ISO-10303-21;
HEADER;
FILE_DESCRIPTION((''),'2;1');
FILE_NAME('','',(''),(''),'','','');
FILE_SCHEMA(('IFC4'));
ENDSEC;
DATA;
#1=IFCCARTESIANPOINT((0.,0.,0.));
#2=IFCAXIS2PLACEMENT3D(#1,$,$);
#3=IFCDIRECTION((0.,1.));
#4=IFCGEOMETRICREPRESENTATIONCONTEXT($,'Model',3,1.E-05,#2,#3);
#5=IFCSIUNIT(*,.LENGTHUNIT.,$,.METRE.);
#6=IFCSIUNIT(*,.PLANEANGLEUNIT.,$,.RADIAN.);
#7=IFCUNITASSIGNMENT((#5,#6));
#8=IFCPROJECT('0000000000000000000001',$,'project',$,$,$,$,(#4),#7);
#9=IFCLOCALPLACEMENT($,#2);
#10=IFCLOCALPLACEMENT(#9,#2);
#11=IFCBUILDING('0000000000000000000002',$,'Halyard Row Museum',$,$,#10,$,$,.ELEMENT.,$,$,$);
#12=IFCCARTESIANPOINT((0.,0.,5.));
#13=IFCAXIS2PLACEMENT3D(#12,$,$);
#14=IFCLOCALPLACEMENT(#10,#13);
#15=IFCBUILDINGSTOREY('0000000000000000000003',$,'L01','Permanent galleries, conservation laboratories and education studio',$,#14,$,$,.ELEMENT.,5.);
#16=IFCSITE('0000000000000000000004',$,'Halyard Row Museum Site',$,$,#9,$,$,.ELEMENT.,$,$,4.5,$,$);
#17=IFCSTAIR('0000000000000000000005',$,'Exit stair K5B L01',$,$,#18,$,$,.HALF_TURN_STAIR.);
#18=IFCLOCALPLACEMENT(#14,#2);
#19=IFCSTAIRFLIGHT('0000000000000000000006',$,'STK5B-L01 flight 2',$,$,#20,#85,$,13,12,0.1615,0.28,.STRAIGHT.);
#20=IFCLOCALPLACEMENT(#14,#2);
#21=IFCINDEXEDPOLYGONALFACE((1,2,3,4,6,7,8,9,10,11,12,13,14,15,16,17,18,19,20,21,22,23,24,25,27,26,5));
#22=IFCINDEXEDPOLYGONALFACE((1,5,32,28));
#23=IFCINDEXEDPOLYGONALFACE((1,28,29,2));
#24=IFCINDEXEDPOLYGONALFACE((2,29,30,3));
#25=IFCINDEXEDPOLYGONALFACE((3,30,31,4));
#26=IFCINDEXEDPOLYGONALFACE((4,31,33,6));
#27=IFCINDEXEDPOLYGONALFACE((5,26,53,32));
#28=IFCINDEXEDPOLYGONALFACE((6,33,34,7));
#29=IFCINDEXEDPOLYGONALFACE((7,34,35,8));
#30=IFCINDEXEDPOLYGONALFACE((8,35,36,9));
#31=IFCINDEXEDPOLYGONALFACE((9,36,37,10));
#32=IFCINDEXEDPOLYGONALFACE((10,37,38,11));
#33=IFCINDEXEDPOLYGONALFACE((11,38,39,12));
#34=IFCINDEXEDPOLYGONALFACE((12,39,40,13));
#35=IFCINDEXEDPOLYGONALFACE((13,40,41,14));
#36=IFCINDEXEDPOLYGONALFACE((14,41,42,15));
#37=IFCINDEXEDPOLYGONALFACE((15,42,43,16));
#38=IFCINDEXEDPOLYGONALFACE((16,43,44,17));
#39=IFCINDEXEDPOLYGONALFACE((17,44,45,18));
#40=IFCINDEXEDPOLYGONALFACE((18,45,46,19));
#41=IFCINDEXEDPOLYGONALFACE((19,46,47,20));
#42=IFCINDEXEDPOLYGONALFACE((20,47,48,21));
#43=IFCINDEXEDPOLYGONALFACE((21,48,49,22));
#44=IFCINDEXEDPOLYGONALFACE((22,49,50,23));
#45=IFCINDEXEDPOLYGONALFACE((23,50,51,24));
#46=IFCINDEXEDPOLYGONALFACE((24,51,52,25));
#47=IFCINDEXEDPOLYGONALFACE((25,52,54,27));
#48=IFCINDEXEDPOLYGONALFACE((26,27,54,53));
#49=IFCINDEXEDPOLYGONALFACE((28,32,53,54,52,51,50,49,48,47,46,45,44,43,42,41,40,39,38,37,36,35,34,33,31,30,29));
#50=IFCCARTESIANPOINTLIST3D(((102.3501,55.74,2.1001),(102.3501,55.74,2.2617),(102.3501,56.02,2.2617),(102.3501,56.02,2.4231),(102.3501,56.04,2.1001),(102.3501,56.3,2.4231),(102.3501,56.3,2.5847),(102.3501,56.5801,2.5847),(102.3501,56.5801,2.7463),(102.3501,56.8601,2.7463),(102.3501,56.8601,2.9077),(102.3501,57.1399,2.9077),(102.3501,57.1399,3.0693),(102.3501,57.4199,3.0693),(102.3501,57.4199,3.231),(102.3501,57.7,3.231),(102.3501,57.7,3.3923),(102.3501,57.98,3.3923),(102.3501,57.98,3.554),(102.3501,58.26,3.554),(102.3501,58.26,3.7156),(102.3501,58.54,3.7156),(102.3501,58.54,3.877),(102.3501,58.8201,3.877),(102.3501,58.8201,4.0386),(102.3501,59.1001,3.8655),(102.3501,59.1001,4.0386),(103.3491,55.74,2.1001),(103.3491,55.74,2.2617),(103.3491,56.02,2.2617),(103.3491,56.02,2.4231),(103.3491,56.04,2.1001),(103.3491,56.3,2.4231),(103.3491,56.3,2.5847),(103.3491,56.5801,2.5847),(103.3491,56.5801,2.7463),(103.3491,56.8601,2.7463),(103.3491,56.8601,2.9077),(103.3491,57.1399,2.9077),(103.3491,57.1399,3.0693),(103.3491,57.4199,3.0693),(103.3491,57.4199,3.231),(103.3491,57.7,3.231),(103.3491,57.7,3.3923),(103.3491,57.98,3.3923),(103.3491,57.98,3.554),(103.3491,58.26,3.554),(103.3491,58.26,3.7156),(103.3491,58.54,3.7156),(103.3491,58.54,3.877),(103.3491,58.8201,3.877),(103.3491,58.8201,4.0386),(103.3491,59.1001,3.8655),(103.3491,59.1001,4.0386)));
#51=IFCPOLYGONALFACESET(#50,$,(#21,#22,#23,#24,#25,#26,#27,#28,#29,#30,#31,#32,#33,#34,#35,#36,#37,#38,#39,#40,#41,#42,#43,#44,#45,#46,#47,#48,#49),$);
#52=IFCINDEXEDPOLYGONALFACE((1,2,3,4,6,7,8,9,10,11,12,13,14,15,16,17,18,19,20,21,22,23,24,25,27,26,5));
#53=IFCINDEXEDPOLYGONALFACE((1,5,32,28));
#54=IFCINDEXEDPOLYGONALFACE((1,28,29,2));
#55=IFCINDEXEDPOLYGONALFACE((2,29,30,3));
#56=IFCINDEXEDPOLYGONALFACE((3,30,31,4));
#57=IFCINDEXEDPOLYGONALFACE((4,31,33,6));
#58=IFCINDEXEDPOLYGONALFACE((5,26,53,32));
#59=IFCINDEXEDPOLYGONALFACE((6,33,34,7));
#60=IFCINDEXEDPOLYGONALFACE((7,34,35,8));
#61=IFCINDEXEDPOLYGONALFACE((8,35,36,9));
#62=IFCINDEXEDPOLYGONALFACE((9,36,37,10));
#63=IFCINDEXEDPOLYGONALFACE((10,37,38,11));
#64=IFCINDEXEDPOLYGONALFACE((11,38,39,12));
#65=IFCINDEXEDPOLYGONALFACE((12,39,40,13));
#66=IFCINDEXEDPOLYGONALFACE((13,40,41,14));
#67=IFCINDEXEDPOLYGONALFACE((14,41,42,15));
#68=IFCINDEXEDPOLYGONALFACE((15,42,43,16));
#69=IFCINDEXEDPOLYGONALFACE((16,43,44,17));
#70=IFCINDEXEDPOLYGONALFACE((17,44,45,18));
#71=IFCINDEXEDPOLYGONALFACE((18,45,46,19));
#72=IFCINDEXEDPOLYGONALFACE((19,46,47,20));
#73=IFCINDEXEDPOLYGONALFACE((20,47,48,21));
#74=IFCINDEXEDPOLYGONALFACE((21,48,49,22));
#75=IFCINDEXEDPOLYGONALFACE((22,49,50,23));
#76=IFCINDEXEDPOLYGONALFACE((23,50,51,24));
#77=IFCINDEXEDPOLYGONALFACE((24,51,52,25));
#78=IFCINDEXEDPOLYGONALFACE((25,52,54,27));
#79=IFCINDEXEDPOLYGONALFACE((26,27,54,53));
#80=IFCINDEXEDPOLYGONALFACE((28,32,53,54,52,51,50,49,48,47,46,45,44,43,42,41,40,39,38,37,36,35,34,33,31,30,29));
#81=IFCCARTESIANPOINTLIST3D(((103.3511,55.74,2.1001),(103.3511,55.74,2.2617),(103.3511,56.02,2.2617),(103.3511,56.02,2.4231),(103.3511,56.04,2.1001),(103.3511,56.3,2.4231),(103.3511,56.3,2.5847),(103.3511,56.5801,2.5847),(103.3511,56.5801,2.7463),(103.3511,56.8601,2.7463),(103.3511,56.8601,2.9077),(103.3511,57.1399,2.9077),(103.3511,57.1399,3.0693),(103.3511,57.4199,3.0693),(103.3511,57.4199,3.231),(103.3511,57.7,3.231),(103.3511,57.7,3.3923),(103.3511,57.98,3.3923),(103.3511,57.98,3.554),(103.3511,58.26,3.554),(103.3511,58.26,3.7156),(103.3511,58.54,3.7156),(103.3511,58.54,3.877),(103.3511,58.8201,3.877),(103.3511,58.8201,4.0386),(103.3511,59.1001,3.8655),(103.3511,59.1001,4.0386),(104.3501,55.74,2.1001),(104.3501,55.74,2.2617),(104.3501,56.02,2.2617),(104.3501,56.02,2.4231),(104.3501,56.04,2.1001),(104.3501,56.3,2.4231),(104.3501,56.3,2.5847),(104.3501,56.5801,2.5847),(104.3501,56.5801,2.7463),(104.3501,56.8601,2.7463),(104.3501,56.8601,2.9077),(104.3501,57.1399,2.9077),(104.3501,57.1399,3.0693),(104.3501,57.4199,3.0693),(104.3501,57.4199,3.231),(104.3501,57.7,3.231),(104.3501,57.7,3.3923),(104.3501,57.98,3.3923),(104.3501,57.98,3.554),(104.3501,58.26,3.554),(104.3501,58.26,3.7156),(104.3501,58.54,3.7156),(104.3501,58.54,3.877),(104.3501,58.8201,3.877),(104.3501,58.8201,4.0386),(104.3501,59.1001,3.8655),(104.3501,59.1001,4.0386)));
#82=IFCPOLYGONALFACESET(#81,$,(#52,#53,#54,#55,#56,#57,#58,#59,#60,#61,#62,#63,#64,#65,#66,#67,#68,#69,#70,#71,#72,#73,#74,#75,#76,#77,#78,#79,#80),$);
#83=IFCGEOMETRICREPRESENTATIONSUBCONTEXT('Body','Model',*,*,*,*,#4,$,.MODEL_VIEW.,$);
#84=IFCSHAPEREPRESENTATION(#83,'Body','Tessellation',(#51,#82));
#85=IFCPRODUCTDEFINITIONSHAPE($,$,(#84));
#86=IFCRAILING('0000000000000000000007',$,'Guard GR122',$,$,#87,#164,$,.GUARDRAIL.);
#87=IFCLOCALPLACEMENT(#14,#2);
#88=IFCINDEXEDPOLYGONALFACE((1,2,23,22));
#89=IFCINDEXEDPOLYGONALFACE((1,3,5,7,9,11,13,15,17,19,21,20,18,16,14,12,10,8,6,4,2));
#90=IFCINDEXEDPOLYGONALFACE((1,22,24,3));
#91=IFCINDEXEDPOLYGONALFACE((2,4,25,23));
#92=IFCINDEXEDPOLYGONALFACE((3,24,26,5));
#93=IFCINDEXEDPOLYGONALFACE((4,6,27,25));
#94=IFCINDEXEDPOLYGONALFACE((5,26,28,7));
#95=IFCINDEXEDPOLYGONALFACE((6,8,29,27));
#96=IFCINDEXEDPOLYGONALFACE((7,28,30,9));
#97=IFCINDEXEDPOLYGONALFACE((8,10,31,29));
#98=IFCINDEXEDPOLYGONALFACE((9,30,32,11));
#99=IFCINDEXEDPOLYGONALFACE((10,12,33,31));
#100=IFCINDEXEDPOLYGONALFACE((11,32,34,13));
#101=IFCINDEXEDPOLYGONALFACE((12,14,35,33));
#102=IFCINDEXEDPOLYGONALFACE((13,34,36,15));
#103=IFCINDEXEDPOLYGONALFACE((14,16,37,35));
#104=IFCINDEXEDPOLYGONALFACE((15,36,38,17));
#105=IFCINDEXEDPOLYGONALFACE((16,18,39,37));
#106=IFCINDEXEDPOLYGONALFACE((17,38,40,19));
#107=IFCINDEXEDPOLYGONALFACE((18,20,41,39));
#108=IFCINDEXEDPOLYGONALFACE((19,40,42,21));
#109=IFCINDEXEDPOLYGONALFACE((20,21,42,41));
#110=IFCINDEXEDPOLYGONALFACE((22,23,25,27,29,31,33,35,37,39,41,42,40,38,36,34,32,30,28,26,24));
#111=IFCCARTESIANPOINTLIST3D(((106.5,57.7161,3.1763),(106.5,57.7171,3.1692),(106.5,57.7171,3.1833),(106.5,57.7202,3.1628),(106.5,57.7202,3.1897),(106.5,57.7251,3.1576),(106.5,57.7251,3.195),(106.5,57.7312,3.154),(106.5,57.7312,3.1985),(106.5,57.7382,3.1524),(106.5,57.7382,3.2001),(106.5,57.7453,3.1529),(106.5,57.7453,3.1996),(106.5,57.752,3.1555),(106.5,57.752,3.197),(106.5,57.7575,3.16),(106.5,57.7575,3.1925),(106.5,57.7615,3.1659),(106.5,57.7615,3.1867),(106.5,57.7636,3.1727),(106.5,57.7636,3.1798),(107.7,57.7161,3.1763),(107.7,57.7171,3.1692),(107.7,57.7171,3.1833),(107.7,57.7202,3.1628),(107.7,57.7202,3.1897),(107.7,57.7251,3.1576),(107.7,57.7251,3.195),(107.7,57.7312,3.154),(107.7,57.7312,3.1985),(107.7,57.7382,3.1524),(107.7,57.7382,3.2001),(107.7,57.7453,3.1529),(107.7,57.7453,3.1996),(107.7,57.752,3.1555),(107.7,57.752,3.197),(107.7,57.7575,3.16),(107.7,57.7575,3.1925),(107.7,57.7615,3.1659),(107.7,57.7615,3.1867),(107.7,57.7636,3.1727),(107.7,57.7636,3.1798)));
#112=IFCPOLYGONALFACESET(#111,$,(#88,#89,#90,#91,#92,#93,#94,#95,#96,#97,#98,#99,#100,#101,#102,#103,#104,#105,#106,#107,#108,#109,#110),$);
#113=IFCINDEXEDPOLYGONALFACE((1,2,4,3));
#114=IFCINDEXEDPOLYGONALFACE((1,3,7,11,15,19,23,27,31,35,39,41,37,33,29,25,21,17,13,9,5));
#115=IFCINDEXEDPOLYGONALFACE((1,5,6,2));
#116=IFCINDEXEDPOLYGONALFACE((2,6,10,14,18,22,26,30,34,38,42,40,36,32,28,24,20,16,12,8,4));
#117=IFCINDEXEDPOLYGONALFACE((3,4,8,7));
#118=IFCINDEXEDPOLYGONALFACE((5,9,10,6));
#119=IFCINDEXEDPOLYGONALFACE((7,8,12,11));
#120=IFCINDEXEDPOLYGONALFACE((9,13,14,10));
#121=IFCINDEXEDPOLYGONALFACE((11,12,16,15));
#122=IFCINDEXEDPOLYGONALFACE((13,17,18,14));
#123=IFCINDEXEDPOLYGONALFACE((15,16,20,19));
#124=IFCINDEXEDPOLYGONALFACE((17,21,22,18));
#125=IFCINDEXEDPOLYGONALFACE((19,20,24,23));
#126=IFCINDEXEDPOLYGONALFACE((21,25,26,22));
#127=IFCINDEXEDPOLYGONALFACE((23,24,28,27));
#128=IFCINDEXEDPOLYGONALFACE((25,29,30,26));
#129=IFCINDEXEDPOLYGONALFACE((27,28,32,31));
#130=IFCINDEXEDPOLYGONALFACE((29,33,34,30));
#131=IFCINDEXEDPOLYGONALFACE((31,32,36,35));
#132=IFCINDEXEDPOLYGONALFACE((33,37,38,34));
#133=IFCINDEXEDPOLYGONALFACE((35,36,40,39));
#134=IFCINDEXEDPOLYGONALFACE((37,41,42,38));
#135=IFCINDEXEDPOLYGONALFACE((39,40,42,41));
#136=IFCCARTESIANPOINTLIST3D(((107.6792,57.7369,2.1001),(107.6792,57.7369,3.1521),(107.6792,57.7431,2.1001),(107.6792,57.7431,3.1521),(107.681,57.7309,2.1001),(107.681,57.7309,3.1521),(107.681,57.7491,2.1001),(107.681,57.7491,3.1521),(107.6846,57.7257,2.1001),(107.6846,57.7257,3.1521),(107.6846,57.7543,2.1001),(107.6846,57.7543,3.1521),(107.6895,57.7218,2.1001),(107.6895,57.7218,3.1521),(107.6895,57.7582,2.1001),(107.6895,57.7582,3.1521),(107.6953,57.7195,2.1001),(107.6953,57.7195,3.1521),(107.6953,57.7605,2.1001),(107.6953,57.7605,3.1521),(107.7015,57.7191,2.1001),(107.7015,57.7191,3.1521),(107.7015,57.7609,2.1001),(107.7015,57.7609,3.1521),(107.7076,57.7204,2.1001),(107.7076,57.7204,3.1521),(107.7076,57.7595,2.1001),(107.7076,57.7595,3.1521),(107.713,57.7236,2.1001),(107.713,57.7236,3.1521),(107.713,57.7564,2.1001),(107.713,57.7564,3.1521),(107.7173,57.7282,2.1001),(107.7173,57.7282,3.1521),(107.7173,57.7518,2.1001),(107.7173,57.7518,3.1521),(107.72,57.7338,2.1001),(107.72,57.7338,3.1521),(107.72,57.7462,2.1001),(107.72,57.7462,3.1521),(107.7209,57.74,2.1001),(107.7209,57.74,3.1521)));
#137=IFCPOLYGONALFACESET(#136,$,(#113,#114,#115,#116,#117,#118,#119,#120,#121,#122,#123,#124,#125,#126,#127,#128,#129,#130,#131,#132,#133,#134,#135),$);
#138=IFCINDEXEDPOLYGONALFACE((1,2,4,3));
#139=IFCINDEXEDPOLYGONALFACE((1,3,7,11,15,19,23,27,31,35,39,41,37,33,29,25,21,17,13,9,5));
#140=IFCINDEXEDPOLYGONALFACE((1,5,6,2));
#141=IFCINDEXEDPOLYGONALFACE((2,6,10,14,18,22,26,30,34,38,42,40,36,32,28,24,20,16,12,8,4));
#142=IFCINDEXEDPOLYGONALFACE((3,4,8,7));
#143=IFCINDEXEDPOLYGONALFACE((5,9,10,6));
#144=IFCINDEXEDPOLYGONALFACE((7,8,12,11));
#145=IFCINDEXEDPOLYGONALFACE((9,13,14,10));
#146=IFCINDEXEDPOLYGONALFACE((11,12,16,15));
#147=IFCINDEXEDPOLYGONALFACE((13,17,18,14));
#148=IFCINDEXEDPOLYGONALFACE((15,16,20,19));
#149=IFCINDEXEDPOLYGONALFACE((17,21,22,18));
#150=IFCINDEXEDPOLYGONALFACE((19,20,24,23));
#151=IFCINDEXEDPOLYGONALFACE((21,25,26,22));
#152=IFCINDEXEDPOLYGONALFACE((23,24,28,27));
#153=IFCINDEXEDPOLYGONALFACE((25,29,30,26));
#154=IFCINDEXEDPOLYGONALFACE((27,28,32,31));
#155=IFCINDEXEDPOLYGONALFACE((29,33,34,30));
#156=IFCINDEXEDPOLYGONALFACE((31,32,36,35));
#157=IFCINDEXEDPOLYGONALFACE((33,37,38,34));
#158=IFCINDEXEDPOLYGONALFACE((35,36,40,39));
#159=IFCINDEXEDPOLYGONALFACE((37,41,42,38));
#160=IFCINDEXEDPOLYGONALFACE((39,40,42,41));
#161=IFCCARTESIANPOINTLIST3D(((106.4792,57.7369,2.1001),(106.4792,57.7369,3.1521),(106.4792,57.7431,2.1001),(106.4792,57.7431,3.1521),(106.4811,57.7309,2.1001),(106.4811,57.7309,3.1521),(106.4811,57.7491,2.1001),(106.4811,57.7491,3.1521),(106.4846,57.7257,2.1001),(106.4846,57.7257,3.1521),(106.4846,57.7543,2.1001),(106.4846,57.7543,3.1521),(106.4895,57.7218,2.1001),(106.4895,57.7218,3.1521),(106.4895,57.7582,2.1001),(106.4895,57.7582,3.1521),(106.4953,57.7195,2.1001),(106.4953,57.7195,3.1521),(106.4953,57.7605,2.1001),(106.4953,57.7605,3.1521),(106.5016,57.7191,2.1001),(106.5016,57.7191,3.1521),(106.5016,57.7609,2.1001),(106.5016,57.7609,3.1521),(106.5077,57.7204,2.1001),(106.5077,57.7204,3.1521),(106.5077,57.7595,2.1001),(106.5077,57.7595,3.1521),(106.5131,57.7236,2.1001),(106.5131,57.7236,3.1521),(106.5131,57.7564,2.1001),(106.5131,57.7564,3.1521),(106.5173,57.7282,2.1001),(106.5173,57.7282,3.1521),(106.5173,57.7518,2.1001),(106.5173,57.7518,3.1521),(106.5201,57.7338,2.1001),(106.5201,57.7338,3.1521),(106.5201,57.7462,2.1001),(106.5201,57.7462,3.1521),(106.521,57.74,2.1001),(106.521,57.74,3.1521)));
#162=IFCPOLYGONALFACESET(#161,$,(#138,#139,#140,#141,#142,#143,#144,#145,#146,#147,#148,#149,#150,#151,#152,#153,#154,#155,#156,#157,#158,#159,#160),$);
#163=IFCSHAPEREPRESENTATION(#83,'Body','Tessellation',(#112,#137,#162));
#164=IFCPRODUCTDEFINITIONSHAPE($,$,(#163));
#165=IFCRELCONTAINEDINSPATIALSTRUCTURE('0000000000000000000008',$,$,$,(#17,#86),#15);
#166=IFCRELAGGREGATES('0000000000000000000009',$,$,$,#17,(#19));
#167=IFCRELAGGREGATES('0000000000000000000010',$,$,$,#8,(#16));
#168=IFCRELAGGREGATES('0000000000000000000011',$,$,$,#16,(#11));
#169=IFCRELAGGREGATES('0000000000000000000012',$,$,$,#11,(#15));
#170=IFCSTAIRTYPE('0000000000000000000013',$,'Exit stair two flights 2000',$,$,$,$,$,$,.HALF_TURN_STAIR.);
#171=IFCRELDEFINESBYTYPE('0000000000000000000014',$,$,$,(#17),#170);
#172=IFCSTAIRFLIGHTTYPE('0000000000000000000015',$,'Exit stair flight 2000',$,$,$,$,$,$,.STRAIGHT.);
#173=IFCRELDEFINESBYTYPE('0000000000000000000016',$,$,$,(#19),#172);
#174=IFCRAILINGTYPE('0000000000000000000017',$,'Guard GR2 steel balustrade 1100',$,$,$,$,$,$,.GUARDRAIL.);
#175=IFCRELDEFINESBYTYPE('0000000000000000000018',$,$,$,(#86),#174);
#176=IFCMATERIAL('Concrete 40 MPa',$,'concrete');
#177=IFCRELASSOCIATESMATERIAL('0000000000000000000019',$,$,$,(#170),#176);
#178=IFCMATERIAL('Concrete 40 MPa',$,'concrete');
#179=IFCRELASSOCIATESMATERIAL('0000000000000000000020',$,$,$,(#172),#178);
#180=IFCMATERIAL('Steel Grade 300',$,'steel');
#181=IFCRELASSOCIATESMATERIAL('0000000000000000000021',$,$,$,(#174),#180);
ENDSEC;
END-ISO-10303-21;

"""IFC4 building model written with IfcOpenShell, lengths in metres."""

from ifc_helpers import new_model, si_unit, direction, frame, origin, origin_2d, place, context, subcontext, project, spatial, polyline, circle, outline, extrude, material, type_object, element, aggregate, save


model = new_model("IFC4")

# Units and contexts
model_context = context("Model", 3, precision=1e-05, world=origin(), true_north=direction((0.0, 1.0)))
body_context = subcontext(model_context, "Body", "Model", "MODEL_VIEW")
ifc_project = project(units=[si_unit("LENGTHUNIT", "METRE"), si_unit("PLANEANGLEUNIT", "RADIAN")], contexts=[model_context])

# Site, building, storey
site_placement = place(None, origin())
site = spatial("IfcSite", under=ifc_project, at=site_placement, Name="Halyard Row Museum Site", CompositionType="ELEMENT", RefElevation=4.5)
building_placement = place(site_placement, origin())
building = spatial("IfcBuilding", under=site, at=building_placement, Name="Halyard Row Museum", CompositionType="ELEMENT")
storey_placement = place(building_placement, frame((0.0, 0.0, 5.0)))
storey = spatial("IfcBuildingStorey", under=building, at=storey_placement, Name="L01", Description="Permanent galleries, conservation laboratories and education studio", CompositionType="ELEMENT", Elevation=5.0)

# Stair, stair flight
ifc_material_1 = material(Name="Concrete 40 MPa", Category="concrete")
stair_type = type_object("IfcStairType", Name="Exit stair two flights 2000", PredefinedType="HALF_TURN_STAIR", material=ifc_material_1)
stair_placement = place(storey_placement, origin())
stair = element("IfcStair", 1, at=stair_placement, inside=storey, type_object=stair_type, Name="Exit stair K5B L01", PredefinedType="HALF_TURN_STAIR")
ifc_material_2 = material(Name="Concrete 40 MPa", Category="concrete")
stair_flight_type = type_object("IfcStairFlightType", Name="Exit stair flight 2000", PredefinedType="STRAIGHT", material=ifc_material_2)
stair_flight_1_placement = place(storey_placement, frame((103.3501, 55.74, 2.1001), z_axis=(0.0, 0.0, 1.0), x_axis=(0.0, 1.0, 0.0)))
stair_flight_1 = element("IfcStairFlight", 2, at=stair_flight_1_placement, type_object=stair_flight_type, Name="STK5B-L01 flight 2", NumberOfRisers=13, NumberOfTreads=12, PredefinedType="STRAIGHT", RiserHeight=0.1615, TreadLength=0.28, context=body_context, shape_type="SweptSolid", body=[
    extrude(outline(polyline([(0.0, 0.0), (0.0, 0.1616), (0.28, 0.1616), (0.28, 0.323), (0.5601, 0.323), (0.5601, 0.4846), (0.8401, 0.4846), (0.8401, 0.6462), (1.1201, 0.6462), (1.1201, 0.8076), (1.3999, 0.8076), (1.3999, 0.9692), (1.6799, 0.9692), (1.6799, 1.1309), (1.96, 1.1309), (1.96, 1.2922), (2.24, 1.2922), (2.24, 1.4539), (2.52, 1.4539), (2.52, 1.6155), (2.8, 1.6155), (2.8, 1.7769), (3.0801, 1.7769), (3.0801, 1.9385), (3.3601, 1.9385), (3.3601, 2.1001), (3.3601, 1.7654), (0.3, 0.0), (0.0, 0.0)])), frame((0.0, 1.0, 0.0), z_axis=(0.0, -1.0, 0.0), x_axis=(1.0, 0.0, 0.0)), (0.0, 0.0, 1.0), 0.999),
    extrude(outline(polyline([(0.0, 0.0), (0.0, 0.1616), (0.28, 0.1616), (0.28, 0.323), (0.5601, 0.323), (0.5601, 0.4846), (0.8401, 0.4846), (0.8401, 0.6462), (1.1201, 0.6462), (1.1201, 0.8076), (1.3999, 0.8076), (1.3999, 0.9692), (1.6799, 0.9692), (1.6799, 1.1309), (1.96, 1.1309), (1.96, 1.2922), (2.24, 1.2922), (2.24, 1.4539), (2.52, 1.4539), (2.52, 1.6155), (2.8, 1.6155), (2.8, 1.7769), (3.0801, 1.7769), (3.0801, 1.9385), (3.3601, 1.9385), (3.3601, 2.1001), (3.3601, 1.7654), (0.3, 0.0), (0.0, 0.0)])), frame((0.0, -0.001, 0.0), z_axis=(0.0, -1.0, 0.0), x_axis=(1.0, 0.0, 0.0)), (0.0, 0.0, 1.0), 0.999),
])
aggregate(stair, [stair_flight_1])

# Railing
ifc_material_3 = material(Name="Steel Grade 300", Category="steel")
railing_type_1 = type_object("IfcRailingType", Name="Guard GR2 steel balustrade 1100", PredefinedType="GUARDRAIL", material=ifc_material_3)
railing_1_placement = place(storey_placement, frame((107.7, 57.74, 2.1001)))
element("IfcRailing", 3, at=railing_1_placement, inside=storey, type_object=railing_type_1, Name="Guard GR122", PredefinedType="GUARDRAIL", context=body_context, shape_type="SweptSolid", body=[
    extrude(circle(Radius=0.0239, at=origin_2d()), frame((0.0, 0.0, 1.0762), z_axis=(-1.0, 0.0, 0.0), x_axis=(0.0, -1.0, 0.0)), (0.0, 0.0, 1.0), 1.2),
    extrude(circle(Radius=0.021, at=origin_2d()), origin(), (0.0, 0.0, 1.0), 1.052),
    extrude(circle(Radius=0.021, at=origin_2d()), frame((-1.2, 0.0, 0.0)), (0.0, 0.0, 1.0), 1.052),
])

save(model, "model.ifc")
